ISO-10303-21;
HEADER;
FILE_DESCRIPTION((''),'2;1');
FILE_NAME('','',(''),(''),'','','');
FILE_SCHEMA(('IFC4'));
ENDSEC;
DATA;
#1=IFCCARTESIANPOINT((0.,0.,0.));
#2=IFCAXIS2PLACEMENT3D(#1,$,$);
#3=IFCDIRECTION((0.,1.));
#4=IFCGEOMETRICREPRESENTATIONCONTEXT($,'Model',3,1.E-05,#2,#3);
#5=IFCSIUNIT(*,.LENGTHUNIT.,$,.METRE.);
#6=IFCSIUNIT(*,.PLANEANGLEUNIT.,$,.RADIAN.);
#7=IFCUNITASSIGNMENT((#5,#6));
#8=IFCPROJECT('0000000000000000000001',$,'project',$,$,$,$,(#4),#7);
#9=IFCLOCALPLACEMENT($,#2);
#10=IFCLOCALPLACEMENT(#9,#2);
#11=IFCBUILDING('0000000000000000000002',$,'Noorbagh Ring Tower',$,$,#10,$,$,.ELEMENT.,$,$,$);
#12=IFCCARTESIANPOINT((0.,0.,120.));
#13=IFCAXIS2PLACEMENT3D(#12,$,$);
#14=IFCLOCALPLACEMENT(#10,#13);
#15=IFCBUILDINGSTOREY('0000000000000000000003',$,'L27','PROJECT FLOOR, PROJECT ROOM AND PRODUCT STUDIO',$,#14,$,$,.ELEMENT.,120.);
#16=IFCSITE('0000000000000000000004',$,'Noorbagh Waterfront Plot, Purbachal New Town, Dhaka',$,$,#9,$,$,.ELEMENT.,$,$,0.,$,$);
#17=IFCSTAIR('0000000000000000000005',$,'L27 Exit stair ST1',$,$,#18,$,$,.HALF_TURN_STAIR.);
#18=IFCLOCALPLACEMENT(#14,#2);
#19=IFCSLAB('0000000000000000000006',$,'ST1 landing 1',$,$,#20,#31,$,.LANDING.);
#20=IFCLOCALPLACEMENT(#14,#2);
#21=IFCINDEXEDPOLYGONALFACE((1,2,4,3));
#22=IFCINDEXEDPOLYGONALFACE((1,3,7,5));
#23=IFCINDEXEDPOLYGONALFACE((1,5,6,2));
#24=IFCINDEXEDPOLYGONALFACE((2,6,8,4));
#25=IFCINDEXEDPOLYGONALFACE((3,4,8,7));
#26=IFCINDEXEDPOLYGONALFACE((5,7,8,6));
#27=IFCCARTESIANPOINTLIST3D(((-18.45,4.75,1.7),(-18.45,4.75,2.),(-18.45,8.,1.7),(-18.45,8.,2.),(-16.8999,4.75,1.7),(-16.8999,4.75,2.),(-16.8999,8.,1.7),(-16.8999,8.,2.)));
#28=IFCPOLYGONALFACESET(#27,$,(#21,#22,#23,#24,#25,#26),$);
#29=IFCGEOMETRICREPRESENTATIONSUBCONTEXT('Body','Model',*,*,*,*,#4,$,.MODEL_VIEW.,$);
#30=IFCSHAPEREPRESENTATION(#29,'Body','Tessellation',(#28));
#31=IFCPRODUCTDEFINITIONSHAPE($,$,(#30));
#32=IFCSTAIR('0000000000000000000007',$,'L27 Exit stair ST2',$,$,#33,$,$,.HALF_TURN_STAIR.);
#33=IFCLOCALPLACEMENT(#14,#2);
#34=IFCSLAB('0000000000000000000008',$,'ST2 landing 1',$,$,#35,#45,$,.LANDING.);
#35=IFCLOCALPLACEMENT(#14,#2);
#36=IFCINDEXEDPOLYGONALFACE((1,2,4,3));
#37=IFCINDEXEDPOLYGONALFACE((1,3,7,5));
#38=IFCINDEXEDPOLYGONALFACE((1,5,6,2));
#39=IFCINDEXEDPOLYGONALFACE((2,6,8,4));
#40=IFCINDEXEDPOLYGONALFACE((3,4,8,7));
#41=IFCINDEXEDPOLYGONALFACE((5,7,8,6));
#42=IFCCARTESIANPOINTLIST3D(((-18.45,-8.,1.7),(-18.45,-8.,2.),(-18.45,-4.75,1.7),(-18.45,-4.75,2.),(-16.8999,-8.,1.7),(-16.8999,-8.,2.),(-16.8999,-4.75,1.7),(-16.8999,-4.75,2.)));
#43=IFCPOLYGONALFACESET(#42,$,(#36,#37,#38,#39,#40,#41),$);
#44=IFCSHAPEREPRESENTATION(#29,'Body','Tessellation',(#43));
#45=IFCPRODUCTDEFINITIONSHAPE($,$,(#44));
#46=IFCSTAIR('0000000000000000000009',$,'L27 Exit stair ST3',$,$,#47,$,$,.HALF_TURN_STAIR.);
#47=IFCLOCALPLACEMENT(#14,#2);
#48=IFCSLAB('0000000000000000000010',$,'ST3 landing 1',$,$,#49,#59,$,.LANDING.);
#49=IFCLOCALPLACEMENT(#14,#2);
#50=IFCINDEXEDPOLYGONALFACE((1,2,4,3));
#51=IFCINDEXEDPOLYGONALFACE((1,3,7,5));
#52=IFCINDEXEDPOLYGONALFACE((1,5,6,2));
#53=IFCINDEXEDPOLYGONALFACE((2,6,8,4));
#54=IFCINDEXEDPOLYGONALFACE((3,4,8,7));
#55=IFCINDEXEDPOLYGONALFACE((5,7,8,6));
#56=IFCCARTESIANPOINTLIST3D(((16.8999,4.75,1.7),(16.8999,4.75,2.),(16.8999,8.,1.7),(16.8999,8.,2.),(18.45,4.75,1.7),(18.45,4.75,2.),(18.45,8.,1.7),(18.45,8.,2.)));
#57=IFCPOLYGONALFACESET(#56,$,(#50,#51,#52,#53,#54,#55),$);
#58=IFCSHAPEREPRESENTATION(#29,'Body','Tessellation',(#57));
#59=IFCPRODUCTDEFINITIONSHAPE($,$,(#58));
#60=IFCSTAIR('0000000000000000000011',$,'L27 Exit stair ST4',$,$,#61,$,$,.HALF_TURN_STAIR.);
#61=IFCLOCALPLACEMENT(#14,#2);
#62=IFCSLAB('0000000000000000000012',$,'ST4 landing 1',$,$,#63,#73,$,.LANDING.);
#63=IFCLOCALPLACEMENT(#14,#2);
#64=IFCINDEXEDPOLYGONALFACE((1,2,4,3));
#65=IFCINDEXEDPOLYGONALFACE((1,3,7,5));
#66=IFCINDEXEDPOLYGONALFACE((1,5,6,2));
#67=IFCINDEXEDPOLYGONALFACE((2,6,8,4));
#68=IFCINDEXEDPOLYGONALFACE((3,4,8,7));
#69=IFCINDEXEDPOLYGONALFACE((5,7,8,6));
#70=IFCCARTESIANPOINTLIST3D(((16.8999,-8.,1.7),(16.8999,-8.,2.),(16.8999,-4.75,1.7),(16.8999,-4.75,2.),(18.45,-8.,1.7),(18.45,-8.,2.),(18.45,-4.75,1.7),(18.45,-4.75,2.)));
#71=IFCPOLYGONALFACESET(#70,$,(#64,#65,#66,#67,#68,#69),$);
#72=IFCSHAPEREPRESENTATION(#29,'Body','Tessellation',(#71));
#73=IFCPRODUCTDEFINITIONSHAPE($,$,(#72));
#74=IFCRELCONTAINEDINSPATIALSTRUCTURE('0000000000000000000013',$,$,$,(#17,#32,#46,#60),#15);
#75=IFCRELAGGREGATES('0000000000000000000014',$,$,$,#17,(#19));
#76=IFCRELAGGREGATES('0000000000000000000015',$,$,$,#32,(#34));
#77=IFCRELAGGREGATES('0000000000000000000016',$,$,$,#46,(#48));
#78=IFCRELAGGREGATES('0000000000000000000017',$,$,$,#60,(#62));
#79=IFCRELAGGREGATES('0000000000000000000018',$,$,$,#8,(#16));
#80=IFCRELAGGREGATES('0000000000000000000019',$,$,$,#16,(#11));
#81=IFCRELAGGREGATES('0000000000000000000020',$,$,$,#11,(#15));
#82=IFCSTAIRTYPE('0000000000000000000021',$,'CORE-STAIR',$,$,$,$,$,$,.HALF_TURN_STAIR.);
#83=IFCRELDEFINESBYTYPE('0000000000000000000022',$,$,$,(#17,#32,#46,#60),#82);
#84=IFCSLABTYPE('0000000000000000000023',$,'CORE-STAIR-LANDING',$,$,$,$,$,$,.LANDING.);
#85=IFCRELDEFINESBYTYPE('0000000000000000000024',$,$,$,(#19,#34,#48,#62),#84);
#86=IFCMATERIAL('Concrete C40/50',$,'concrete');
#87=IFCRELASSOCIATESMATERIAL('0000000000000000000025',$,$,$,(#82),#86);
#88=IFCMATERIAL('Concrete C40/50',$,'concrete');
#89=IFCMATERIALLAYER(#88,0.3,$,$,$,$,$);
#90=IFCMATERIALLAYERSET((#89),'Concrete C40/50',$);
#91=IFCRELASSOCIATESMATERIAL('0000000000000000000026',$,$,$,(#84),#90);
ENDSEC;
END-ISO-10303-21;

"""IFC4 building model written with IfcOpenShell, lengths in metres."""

from ifc_helpers import new_model, si_unit, direction, frame, origin, place, context, subcontext, project, spatial, polyline, outline, extrude, material, layer, layer_set, type_object, element, aggregate, save


model = new_model("IFC4")

# Units and contexts
model_context = context("Model", 3, precision=1e-05, world=origin(), true_north=direction((0.0, 1.0)))
body_context = subcontext(model_context, "Body", "Model", "MODEL_VIEW")
ifc_project = project(units=[si_unit("LENGTHUNIT", "METRE"), si_unit("PLANEANGLEUNIT", "RADIAN")], contexts=[model_context])

# Site, building, storey
site_placement = place(None, origin())
site = spatial("IfcSite", under=ifc_project, at=site_placement, Name="Noorbagh Waterfront Plot, Purbachal New Town, Dhaka", CompositionType="ELEMENT", RefElevation=0.0)
building_placement = place(site_placement, origin())
building = spatial("IfcBuilding", under=site, at=building_placement, Name="Noorbagh Ring Tower", CompositionType="ELEMENT")
storey_placement = place(building_placement, frame((0.0, 0.0, 120.0)))
storey = spatial("IfcBuildingStorey", under=building, at=storey_placement, Name="L27", Description="PROJECT FLOOR, PROJECT ROOM AND PRODUCT STUDIO", CompositionType="ELEMENT", Elevation=120.0)

# Stairs, slabs
ifc_material_1 = material(Name="Concrete C40/50", Category="concrete")
stair_type = type_object("IfcStairType", Name="CORE-STAIR", PredefinedType="HALF_TURN_STAIR", material=ifc_material_1)
stair_1_placement = place(storey_placement, origin())
stair_1 = element("IfcStair", 1, at=stair_1_placement, inside=storey, type_object=stair_type, Name="L27 Exit stair ST1", PredefinedType="HALF_TURN_STAIR")
ifc_material_2 = material(Name="Concrete C40/50", Category="concrete")
ifc_layer_1 = layer(ifc_material_2, 0.3)
ifc_layer_set_1 = layer_set([ifc_layer_1], Name="Concrete C40/50")
slab_type_1 = type_object("IfcSlabType", Name="CORE-STAIR-LANDING", PredefinedType="LANDING", material=ifc_layer_set_1)
slab_1_placement = place(storey_placement, frame((0.0, 0.0, 1.7)))
slab_1 = element("IfcSlab", 2, at=slab_1_placement, type_object=slab_type_1, Name="ST1 landing 1", PredefinedType="LANDING", context=body_context, shape_type="SweptSolid", body=[
    extrude(outline(polyline([(-18.45, 4.75), (-16.8999, 4.75), (-16.8999, 8.0), (-18.45, 8.0), (-18.45, 4.75)])), origin(), (0.0, 0.0, 1.0), 0.3),
])
aggregate(stair_1, [slab_1])
stair_2_placement = place(storey_placement, origin())
stair_2 = element("IfcStair", 3, at=stair_2_placement, inside=storey, type_object=stair_type, Name="L27 Exit stair ST2", PredefinedType="HALF_TURN_STAIR")
slab_2_placement = place(storey_placement, frame((0.0, 0.0, 1.7)))
slab_2 = element("IfcSlab", 4, at=slab_2_placement, type_object=slab_type_1, Name="ST2 landing 1", PredefinedType="LANDING", context=body_context, shape_type="SweptSolid", body=[
    extrude(outline(polyline([(-18.45, -8.0), (-16.8999, -8.0), (-16.8999, -4.75), (-18.45, -4.75), (-18.45, -8.0)])), origin(), (0.0, 0.0, 1.0), 0.3),
])
aggregate(stair_2, [slab_2])
stair_3_placement = place(storey_placement, origin())
stair_3 = element("IfcStair", 5, at=stair_3_placement, inside=storey, type_object=stair_type, Name="L27 Exit stair ST3", PredefinedType="HALF_TURN_STAIR")
slab_3_placement = place(storey_placement, frame((0.0, 0.0, 1.7)))
slab_3 = element("IfcSlab", 6, at=slab_3_placement, type_object=slab_type_1, Name="ST3 landing 1", PredefinedType="LANDING", context=body_context, shape_type="SweptSolid", body=[
    extrude(outline(polyline([(18.45, 8.0), (16.8999, 8.0), (16.8999, 4.75), (18.45, 4.75), (18.45, 8.0)])), origin(), (0.0, 0.0, 1.0), 0.3),
])
aggregate(stair_3, [slab_3])
stair_4_placement = place(storey_placement, origin())
stair_4 = element("IfcStair", 7, at=stair_4_placement, inside=storey, type_object=stair_type, Name="L27 Exit stair ST4", PredefinedType="HALF_TURN_STAIR")
slab_4_placement = place(storey_placement, frame((0.0, 0.0, 1.7)))
slab_4 = element("IfcSlab", 8, at=slab_4_placement, type_object=slab_type_1, Name="ST4 landing 1", PredefinedType="LANDING", context=body_context, shape_type="SweptSolid", body=[
    extrude(outline(polyline([(18.45, -4.75), (16.8999, -4.75), (16.8999, -8.0), (18.45, -8.0), (18.45, -4.75)])), origin(), (0.0, 0.0, 1.0), 0.3),
])
aggregate(stair_4, [slab_4])

save(model, "model.ifc")
